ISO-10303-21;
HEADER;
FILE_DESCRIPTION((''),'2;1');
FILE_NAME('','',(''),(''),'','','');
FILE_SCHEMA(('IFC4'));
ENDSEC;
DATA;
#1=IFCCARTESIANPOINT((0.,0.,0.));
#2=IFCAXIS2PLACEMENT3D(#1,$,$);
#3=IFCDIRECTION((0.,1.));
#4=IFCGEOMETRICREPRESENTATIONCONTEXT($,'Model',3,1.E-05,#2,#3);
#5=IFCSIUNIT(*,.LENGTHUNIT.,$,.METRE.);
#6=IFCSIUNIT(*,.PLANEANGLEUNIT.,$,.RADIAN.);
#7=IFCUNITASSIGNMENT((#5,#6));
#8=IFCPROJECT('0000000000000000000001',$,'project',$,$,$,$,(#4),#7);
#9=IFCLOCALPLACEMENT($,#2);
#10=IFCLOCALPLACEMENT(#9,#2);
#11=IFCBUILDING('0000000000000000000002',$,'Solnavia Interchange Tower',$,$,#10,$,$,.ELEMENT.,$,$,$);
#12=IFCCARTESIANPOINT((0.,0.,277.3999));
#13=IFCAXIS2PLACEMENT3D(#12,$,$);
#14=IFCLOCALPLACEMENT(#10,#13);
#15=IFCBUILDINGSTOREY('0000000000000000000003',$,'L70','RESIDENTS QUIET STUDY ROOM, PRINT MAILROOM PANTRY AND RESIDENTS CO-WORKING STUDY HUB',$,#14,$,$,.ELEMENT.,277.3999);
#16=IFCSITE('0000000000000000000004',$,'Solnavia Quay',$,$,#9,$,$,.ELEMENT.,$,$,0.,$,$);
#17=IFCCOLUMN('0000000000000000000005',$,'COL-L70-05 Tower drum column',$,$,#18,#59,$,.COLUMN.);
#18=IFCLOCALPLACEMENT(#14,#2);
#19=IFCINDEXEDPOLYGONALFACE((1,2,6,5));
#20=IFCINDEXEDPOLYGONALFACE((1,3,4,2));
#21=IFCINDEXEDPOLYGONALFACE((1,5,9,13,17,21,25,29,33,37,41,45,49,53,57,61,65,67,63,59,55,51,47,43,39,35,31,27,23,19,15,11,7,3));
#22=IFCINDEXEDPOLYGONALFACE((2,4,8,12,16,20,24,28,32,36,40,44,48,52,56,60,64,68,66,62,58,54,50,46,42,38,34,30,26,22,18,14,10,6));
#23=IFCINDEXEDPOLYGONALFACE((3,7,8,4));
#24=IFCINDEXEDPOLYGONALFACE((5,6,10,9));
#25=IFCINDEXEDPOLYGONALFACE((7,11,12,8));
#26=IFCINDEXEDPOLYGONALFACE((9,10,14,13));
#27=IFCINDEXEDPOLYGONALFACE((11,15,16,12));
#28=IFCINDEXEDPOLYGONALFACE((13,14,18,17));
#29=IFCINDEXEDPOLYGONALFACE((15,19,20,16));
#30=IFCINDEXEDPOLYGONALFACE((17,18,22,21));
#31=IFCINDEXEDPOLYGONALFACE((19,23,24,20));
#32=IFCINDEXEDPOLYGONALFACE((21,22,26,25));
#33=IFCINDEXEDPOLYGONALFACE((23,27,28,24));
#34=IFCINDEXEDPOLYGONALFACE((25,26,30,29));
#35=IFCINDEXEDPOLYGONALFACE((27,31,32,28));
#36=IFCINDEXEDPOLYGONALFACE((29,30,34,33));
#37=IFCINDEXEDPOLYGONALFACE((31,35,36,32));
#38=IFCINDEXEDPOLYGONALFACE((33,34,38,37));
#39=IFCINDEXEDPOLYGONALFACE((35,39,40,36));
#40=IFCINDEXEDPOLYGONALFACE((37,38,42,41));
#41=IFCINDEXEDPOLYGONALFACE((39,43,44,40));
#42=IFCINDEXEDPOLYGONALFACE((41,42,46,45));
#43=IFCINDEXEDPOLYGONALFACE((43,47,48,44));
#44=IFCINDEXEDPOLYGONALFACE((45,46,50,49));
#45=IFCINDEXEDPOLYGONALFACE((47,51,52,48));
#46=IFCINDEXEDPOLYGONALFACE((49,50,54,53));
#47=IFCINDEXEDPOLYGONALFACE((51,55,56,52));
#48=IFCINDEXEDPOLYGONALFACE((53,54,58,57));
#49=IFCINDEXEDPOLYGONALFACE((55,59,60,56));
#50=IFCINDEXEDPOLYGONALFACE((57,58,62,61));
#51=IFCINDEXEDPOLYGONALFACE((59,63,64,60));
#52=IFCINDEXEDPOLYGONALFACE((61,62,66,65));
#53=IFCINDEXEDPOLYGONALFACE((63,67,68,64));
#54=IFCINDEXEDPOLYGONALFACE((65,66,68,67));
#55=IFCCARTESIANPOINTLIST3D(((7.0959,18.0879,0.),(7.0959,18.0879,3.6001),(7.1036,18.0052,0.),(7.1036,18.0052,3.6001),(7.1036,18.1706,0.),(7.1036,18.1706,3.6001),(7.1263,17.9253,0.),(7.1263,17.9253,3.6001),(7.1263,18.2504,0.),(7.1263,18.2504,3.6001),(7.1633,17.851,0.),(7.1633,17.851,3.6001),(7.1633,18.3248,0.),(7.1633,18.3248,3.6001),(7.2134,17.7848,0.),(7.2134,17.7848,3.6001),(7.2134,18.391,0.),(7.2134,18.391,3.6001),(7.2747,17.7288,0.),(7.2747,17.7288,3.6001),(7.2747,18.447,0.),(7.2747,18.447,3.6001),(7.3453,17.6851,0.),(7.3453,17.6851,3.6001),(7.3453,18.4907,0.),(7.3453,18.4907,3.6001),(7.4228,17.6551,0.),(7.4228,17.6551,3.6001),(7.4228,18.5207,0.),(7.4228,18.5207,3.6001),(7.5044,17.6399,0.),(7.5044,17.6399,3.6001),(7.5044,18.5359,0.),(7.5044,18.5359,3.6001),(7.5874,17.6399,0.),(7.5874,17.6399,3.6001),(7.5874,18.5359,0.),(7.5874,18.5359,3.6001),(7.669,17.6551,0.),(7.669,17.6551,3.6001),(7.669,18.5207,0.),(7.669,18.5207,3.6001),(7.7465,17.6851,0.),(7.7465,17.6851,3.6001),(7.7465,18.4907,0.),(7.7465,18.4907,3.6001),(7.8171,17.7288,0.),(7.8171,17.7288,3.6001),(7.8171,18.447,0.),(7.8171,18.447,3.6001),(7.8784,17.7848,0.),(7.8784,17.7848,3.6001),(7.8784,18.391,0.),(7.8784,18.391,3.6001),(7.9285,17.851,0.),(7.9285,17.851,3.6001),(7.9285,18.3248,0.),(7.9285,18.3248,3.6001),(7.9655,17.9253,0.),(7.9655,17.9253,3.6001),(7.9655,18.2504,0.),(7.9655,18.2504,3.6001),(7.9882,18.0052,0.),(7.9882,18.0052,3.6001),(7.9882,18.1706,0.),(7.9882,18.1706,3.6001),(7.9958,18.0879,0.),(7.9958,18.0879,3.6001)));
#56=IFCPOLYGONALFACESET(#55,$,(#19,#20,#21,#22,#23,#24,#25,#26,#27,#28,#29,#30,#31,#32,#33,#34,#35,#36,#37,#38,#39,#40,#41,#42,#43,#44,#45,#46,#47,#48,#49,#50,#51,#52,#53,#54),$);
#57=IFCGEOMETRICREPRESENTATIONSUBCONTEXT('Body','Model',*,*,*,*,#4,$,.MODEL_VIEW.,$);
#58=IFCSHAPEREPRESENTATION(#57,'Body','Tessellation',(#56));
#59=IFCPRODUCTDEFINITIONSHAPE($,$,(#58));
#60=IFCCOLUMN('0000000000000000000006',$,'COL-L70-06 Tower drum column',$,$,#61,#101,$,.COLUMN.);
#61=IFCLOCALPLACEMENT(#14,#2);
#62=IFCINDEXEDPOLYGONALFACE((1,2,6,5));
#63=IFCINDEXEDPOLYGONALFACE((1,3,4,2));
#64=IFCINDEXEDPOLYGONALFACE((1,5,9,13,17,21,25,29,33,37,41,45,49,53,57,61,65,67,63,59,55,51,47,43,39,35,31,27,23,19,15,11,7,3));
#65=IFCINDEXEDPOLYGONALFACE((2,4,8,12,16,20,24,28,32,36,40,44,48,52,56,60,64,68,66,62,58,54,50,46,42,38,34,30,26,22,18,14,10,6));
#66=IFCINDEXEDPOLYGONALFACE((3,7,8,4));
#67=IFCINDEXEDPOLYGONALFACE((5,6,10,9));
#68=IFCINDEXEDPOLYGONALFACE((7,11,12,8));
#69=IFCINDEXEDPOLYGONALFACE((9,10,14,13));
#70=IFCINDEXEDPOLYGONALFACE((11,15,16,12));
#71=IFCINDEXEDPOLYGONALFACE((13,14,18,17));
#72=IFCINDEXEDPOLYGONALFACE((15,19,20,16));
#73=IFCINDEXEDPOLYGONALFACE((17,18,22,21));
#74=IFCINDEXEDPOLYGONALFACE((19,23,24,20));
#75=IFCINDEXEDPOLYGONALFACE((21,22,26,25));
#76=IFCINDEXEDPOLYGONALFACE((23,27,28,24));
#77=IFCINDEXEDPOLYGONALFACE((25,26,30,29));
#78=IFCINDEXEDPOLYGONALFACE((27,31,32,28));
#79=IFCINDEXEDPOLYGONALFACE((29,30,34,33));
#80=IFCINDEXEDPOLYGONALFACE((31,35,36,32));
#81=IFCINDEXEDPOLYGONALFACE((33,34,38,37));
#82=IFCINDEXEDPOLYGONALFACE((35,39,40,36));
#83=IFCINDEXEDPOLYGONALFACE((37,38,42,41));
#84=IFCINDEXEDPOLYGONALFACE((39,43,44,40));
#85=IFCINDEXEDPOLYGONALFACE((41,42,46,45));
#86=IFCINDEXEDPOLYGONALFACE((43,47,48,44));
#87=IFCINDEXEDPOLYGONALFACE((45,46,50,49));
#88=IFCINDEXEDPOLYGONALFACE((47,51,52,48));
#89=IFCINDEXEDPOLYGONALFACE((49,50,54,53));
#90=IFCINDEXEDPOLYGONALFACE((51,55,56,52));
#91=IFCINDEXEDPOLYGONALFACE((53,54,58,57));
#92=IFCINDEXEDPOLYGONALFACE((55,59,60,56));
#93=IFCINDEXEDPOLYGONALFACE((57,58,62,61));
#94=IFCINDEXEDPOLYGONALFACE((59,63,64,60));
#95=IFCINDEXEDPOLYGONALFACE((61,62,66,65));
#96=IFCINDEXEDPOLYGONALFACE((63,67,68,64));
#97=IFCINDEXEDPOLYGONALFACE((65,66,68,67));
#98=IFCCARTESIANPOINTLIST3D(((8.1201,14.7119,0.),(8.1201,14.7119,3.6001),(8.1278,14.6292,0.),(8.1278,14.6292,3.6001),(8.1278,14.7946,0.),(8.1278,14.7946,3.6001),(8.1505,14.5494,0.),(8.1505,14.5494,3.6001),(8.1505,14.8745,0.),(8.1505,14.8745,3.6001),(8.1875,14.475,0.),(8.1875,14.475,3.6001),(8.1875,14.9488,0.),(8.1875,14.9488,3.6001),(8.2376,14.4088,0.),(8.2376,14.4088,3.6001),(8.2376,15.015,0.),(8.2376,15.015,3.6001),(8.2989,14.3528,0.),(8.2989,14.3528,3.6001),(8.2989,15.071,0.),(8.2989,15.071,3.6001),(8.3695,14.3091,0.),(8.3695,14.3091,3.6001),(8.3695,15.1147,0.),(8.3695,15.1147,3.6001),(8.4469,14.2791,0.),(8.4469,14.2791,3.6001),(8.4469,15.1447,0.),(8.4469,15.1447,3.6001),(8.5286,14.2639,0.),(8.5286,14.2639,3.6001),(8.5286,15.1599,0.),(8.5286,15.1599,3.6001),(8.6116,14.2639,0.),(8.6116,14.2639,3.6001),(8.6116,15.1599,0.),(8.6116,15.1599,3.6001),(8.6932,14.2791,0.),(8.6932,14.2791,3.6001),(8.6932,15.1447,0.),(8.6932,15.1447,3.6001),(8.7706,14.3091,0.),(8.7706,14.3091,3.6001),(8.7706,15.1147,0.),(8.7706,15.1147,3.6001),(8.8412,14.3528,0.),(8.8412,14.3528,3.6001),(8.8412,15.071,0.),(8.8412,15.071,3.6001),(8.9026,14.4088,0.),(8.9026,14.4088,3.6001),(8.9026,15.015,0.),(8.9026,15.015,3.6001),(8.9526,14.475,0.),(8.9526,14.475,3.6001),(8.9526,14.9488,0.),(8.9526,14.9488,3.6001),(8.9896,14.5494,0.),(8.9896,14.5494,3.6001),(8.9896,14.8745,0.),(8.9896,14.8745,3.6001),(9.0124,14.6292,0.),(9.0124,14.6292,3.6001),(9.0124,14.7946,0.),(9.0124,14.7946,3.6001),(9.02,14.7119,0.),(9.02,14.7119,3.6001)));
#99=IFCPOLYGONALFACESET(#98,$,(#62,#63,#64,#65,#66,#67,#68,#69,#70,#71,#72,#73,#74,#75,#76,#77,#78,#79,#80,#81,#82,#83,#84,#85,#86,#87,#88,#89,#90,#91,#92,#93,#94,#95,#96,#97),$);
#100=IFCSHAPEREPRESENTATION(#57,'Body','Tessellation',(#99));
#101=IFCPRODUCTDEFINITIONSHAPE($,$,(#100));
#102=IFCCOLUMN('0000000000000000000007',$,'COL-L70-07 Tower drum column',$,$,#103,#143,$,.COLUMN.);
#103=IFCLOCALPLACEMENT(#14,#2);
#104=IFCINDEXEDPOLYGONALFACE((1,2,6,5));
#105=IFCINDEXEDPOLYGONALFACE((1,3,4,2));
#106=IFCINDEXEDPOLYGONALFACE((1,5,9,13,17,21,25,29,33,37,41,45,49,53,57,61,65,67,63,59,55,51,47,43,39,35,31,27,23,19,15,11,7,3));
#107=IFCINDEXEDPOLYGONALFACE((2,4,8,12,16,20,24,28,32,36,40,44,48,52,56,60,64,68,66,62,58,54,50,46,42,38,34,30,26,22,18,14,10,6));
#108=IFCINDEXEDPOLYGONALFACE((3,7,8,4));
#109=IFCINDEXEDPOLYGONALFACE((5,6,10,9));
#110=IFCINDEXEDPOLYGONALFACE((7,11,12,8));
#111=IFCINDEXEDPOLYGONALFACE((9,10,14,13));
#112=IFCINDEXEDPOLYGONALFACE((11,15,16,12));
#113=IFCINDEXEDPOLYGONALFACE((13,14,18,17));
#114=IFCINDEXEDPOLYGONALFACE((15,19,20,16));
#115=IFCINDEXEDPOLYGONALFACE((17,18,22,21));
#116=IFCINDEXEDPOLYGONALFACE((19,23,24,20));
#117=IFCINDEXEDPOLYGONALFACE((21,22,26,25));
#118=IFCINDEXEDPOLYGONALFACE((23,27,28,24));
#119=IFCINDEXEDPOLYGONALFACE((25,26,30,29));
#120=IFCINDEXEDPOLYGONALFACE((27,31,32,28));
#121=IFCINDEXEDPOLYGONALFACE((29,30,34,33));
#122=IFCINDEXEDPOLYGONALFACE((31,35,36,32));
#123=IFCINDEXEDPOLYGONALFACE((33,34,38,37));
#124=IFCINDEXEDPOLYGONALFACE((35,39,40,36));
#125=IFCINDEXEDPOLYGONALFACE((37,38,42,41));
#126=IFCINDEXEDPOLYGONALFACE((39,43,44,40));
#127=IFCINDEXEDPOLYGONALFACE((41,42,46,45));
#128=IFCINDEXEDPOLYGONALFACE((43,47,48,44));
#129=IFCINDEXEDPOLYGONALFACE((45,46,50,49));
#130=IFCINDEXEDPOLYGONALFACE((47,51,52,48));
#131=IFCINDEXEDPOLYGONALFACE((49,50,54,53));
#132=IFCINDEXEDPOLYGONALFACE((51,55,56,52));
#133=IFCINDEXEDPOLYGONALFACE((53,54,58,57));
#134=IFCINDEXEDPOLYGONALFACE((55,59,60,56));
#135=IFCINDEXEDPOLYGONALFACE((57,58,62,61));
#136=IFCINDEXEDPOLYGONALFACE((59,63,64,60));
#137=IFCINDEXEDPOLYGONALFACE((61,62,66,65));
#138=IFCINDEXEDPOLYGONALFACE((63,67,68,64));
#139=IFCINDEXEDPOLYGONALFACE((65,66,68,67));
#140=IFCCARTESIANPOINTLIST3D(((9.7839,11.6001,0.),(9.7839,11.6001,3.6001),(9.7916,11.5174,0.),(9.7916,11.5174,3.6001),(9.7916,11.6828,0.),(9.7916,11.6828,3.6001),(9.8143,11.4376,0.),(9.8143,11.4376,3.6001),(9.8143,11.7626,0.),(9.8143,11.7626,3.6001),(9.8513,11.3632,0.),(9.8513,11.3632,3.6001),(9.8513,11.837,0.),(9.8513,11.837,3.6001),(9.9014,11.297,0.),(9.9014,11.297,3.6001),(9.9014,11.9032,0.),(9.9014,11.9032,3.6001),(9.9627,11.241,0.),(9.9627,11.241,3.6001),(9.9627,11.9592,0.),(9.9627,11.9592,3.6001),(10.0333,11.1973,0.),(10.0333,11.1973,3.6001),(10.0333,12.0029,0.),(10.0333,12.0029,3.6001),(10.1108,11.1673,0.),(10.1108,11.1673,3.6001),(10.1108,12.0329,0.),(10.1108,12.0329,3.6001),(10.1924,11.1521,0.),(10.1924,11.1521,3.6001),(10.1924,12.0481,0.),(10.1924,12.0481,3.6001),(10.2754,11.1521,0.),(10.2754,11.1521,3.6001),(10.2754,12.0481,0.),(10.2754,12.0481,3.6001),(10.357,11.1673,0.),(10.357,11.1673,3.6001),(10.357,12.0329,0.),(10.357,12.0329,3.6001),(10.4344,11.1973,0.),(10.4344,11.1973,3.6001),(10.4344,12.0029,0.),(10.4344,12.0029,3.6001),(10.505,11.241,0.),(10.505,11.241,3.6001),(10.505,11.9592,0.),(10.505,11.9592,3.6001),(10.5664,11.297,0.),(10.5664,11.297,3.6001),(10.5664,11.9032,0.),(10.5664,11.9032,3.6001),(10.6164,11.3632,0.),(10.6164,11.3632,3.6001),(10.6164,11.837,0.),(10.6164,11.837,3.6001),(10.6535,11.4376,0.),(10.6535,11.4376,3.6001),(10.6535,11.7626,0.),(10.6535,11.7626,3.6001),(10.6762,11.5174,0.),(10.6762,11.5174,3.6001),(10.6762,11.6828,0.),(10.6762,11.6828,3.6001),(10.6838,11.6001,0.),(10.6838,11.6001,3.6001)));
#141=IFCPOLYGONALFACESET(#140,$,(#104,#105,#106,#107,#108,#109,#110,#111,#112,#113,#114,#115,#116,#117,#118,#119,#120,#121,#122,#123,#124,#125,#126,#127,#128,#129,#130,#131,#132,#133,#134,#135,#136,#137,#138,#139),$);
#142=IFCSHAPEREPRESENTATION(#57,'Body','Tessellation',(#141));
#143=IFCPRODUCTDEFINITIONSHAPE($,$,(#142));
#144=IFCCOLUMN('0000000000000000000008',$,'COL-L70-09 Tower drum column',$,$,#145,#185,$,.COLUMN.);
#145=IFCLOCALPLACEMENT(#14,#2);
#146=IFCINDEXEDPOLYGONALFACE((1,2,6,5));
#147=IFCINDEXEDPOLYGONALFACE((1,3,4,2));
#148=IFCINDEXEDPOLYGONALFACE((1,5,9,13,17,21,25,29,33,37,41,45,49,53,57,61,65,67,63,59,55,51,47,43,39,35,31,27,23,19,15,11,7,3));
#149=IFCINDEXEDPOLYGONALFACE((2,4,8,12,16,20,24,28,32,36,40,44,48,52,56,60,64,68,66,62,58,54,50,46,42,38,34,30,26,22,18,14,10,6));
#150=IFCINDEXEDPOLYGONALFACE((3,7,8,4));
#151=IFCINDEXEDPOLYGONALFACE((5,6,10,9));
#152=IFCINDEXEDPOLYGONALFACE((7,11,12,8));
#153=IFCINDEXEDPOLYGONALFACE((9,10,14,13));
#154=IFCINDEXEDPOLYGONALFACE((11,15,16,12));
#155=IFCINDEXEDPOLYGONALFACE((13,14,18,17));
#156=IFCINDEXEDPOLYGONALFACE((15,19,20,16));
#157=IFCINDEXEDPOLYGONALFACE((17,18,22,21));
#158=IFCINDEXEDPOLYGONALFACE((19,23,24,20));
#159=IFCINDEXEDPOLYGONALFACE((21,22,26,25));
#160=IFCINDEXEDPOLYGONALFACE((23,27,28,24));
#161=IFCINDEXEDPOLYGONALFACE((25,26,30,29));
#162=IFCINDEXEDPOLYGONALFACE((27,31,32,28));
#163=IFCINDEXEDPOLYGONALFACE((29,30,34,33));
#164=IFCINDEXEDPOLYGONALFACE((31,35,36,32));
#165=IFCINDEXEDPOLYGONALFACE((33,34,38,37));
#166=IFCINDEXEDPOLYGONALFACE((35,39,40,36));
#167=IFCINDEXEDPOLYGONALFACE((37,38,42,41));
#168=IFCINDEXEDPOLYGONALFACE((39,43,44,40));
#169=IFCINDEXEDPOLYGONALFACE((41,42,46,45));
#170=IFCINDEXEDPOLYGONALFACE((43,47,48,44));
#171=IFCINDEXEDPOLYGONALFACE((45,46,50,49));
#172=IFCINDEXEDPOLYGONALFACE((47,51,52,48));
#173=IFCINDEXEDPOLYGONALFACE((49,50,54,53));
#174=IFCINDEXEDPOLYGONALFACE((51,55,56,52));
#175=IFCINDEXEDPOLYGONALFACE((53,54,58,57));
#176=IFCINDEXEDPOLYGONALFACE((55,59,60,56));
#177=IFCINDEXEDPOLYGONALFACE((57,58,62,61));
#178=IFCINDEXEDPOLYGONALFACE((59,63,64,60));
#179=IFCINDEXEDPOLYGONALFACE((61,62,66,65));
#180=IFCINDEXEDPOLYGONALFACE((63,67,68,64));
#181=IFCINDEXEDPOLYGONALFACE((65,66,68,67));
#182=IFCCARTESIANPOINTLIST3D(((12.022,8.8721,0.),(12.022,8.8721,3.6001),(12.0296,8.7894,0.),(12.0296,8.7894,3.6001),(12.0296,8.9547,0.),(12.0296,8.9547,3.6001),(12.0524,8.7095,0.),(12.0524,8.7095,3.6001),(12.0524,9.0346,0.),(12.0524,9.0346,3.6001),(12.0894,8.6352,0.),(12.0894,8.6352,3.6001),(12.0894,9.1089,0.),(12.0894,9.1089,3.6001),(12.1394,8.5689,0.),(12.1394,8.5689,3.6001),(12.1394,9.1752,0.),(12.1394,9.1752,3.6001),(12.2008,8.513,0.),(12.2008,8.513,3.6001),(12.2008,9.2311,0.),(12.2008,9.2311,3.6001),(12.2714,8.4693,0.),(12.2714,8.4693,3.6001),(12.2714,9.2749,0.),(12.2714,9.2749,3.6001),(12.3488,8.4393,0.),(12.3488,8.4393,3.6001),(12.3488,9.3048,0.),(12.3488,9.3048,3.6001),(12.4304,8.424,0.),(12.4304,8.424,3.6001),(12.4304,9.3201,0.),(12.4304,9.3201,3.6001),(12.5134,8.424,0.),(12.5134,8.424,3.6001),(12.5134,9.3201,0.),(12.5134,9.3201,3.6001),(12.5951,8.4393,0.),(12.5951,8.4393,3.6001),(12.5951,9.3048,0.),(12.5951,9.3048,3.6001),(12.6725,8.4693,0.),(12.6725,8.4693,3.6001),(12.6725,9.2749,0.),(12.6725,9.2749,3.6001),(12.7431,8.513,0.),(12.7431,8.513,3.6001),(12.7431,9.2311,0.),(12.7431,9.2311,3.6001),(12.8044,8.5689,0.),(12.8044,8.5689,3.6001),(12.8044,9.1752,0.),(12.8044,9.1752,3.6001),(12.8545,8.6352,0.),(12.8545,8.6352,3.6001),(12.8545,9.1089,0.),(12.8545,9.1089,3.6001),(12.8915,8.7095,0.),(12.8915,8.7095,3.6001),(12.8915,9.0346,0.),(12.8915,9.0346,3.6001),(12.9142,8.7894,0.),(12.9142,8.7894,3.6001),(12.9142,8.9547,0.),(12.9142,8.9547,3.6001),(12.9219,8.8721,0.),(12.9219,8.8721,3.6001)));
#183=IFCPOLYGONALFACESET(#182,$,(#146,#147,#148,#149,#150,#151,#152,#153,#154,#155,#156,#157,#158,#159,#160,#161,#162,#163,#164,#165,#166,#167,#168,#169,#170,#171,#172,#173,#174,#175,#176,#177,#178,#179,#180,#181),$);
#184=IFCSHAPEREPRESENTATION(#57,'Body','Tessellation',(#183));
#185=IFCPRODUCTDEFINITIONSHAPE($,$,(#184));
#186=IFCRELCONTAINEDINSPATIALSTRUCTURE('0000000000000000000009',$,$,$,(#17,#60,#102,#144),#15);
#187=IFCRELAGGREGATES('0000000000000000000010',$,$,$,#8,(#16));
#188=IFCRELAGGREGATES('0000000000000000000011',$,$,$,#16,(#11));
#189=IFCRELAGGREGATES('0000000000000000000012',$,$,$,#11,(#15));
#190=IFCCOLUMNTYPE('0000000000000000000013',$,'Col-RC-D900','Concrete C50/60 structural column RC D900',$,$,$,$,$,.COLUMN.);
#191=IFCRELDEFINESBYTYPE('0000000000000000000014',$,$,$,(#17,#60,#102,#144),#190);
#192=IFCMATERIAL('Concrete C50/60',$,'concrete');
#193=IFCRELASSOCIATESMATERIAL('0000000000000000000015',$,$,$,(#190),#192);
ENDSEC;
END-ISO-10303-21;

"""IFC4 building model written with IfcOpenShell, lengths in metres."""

from ifc_helpers import new_model, si_unit, direction, frame, origin, origin_2d, place, context, subcontext, project, spatial, circle, extrude, material, material_profile, profile_set, type_object, element, save


model = new_model("IFC4")

# Units and contexts
model_context = context("Model", 3, precision=1e-05, world=origin(), true_north=direction((0.0, 1.0)))
body_context = subcontext(model_context, "Body", "Model", "MODEL_VIEW")
ifc_project = project(units=[si_unit("LENGTHUNIT", "METRE"), si_unit("PLANEANGLEUNIT", "RADIAN")], contexts=[model_context])

# Site, building, storey
site_placement = place(None, origin())
site = spatial("IfcSite", under=ifc_project, at=site_placement, Name="Solnavia Quay", CompositionType="ELEMENT", RefElevation=0.0)
building_placement = place(site_placement, origin())
building = spatial("IfcBuilding", under=site, at=building_placement, Name="Solnavia Interchange Tower", CompositionType="ELEMENT")
storey_placement = place(building_placement, frame((0.0, 0.0, 277.3999)))
storey = spatial("IfcBuildingStorey", under=building, at=storey_placement, Name="L70", Description="RESIDENTS QUIET STUDY ROOM, PRINT MAILROOM PANTRY AND RESIDENTS CO-WORKING STUDY HUB", CompositionType="ELEMENT", Elevation=277.3999)

# Columns
ifc_material_1 = material(Name="Concrete C50/60", Category="concrete")
ifc_material_profile_1 = material_profile(ifc_material_1, circle(Radius=0.45, at=origin_2d()), Name="RC D900")
ifc_profile_set_1 = profile_set([ifc_material_profile_1], Name="Concrete C50/60")
column_type = type_object("IfcColumnType", Name="Col-RC-D900", Description="Concrete C50/60 structural column RC D900", PredefinedType="COLUMN", material=ifc_profile_set_1)
for number, where, z_axis, x_axis, name in (
    (1, (7.5459, 18.0879, 0.0), (0.0, 0.0, 1.0), (1.0, 0.0, 0.0), "COL-L70-05 Tower drum column"),
    (2, (8.5701, 14.7119, 0.0), (0.0, 0.0, 1.0), (1.0, 0.0, 0.0), "COL-L70-06 Tower drum column"),
    (3, (10.2339, 11.6001, 0.0), (0.0, 0.0, 1.0), (1.0, 0.0, 0.0), "COL-L70-07 Tower drum column"),
    (4, (12.4719, 8.8721, 0.0), (0.0, 0.0, 1.0), (1.0, 0.0, 0.0), "COL-L70-09 Tower drum column"),
):
    element("IfcColumn", number, at=place(storey_placement, frame(where, z_axis=z_axis, x_axis=x_axis)), inside=storey, type_object=column_type, Name=name, PredefinedType="COLUMN", context=body_context, shape_type="SweptSolid", body=[
        extrude(circle(Radius=0.45, at=origin_2d()), origin(), (0.0, 0.0, 1.0), 3.6001),
    ])

save(model, "model.ifc")
